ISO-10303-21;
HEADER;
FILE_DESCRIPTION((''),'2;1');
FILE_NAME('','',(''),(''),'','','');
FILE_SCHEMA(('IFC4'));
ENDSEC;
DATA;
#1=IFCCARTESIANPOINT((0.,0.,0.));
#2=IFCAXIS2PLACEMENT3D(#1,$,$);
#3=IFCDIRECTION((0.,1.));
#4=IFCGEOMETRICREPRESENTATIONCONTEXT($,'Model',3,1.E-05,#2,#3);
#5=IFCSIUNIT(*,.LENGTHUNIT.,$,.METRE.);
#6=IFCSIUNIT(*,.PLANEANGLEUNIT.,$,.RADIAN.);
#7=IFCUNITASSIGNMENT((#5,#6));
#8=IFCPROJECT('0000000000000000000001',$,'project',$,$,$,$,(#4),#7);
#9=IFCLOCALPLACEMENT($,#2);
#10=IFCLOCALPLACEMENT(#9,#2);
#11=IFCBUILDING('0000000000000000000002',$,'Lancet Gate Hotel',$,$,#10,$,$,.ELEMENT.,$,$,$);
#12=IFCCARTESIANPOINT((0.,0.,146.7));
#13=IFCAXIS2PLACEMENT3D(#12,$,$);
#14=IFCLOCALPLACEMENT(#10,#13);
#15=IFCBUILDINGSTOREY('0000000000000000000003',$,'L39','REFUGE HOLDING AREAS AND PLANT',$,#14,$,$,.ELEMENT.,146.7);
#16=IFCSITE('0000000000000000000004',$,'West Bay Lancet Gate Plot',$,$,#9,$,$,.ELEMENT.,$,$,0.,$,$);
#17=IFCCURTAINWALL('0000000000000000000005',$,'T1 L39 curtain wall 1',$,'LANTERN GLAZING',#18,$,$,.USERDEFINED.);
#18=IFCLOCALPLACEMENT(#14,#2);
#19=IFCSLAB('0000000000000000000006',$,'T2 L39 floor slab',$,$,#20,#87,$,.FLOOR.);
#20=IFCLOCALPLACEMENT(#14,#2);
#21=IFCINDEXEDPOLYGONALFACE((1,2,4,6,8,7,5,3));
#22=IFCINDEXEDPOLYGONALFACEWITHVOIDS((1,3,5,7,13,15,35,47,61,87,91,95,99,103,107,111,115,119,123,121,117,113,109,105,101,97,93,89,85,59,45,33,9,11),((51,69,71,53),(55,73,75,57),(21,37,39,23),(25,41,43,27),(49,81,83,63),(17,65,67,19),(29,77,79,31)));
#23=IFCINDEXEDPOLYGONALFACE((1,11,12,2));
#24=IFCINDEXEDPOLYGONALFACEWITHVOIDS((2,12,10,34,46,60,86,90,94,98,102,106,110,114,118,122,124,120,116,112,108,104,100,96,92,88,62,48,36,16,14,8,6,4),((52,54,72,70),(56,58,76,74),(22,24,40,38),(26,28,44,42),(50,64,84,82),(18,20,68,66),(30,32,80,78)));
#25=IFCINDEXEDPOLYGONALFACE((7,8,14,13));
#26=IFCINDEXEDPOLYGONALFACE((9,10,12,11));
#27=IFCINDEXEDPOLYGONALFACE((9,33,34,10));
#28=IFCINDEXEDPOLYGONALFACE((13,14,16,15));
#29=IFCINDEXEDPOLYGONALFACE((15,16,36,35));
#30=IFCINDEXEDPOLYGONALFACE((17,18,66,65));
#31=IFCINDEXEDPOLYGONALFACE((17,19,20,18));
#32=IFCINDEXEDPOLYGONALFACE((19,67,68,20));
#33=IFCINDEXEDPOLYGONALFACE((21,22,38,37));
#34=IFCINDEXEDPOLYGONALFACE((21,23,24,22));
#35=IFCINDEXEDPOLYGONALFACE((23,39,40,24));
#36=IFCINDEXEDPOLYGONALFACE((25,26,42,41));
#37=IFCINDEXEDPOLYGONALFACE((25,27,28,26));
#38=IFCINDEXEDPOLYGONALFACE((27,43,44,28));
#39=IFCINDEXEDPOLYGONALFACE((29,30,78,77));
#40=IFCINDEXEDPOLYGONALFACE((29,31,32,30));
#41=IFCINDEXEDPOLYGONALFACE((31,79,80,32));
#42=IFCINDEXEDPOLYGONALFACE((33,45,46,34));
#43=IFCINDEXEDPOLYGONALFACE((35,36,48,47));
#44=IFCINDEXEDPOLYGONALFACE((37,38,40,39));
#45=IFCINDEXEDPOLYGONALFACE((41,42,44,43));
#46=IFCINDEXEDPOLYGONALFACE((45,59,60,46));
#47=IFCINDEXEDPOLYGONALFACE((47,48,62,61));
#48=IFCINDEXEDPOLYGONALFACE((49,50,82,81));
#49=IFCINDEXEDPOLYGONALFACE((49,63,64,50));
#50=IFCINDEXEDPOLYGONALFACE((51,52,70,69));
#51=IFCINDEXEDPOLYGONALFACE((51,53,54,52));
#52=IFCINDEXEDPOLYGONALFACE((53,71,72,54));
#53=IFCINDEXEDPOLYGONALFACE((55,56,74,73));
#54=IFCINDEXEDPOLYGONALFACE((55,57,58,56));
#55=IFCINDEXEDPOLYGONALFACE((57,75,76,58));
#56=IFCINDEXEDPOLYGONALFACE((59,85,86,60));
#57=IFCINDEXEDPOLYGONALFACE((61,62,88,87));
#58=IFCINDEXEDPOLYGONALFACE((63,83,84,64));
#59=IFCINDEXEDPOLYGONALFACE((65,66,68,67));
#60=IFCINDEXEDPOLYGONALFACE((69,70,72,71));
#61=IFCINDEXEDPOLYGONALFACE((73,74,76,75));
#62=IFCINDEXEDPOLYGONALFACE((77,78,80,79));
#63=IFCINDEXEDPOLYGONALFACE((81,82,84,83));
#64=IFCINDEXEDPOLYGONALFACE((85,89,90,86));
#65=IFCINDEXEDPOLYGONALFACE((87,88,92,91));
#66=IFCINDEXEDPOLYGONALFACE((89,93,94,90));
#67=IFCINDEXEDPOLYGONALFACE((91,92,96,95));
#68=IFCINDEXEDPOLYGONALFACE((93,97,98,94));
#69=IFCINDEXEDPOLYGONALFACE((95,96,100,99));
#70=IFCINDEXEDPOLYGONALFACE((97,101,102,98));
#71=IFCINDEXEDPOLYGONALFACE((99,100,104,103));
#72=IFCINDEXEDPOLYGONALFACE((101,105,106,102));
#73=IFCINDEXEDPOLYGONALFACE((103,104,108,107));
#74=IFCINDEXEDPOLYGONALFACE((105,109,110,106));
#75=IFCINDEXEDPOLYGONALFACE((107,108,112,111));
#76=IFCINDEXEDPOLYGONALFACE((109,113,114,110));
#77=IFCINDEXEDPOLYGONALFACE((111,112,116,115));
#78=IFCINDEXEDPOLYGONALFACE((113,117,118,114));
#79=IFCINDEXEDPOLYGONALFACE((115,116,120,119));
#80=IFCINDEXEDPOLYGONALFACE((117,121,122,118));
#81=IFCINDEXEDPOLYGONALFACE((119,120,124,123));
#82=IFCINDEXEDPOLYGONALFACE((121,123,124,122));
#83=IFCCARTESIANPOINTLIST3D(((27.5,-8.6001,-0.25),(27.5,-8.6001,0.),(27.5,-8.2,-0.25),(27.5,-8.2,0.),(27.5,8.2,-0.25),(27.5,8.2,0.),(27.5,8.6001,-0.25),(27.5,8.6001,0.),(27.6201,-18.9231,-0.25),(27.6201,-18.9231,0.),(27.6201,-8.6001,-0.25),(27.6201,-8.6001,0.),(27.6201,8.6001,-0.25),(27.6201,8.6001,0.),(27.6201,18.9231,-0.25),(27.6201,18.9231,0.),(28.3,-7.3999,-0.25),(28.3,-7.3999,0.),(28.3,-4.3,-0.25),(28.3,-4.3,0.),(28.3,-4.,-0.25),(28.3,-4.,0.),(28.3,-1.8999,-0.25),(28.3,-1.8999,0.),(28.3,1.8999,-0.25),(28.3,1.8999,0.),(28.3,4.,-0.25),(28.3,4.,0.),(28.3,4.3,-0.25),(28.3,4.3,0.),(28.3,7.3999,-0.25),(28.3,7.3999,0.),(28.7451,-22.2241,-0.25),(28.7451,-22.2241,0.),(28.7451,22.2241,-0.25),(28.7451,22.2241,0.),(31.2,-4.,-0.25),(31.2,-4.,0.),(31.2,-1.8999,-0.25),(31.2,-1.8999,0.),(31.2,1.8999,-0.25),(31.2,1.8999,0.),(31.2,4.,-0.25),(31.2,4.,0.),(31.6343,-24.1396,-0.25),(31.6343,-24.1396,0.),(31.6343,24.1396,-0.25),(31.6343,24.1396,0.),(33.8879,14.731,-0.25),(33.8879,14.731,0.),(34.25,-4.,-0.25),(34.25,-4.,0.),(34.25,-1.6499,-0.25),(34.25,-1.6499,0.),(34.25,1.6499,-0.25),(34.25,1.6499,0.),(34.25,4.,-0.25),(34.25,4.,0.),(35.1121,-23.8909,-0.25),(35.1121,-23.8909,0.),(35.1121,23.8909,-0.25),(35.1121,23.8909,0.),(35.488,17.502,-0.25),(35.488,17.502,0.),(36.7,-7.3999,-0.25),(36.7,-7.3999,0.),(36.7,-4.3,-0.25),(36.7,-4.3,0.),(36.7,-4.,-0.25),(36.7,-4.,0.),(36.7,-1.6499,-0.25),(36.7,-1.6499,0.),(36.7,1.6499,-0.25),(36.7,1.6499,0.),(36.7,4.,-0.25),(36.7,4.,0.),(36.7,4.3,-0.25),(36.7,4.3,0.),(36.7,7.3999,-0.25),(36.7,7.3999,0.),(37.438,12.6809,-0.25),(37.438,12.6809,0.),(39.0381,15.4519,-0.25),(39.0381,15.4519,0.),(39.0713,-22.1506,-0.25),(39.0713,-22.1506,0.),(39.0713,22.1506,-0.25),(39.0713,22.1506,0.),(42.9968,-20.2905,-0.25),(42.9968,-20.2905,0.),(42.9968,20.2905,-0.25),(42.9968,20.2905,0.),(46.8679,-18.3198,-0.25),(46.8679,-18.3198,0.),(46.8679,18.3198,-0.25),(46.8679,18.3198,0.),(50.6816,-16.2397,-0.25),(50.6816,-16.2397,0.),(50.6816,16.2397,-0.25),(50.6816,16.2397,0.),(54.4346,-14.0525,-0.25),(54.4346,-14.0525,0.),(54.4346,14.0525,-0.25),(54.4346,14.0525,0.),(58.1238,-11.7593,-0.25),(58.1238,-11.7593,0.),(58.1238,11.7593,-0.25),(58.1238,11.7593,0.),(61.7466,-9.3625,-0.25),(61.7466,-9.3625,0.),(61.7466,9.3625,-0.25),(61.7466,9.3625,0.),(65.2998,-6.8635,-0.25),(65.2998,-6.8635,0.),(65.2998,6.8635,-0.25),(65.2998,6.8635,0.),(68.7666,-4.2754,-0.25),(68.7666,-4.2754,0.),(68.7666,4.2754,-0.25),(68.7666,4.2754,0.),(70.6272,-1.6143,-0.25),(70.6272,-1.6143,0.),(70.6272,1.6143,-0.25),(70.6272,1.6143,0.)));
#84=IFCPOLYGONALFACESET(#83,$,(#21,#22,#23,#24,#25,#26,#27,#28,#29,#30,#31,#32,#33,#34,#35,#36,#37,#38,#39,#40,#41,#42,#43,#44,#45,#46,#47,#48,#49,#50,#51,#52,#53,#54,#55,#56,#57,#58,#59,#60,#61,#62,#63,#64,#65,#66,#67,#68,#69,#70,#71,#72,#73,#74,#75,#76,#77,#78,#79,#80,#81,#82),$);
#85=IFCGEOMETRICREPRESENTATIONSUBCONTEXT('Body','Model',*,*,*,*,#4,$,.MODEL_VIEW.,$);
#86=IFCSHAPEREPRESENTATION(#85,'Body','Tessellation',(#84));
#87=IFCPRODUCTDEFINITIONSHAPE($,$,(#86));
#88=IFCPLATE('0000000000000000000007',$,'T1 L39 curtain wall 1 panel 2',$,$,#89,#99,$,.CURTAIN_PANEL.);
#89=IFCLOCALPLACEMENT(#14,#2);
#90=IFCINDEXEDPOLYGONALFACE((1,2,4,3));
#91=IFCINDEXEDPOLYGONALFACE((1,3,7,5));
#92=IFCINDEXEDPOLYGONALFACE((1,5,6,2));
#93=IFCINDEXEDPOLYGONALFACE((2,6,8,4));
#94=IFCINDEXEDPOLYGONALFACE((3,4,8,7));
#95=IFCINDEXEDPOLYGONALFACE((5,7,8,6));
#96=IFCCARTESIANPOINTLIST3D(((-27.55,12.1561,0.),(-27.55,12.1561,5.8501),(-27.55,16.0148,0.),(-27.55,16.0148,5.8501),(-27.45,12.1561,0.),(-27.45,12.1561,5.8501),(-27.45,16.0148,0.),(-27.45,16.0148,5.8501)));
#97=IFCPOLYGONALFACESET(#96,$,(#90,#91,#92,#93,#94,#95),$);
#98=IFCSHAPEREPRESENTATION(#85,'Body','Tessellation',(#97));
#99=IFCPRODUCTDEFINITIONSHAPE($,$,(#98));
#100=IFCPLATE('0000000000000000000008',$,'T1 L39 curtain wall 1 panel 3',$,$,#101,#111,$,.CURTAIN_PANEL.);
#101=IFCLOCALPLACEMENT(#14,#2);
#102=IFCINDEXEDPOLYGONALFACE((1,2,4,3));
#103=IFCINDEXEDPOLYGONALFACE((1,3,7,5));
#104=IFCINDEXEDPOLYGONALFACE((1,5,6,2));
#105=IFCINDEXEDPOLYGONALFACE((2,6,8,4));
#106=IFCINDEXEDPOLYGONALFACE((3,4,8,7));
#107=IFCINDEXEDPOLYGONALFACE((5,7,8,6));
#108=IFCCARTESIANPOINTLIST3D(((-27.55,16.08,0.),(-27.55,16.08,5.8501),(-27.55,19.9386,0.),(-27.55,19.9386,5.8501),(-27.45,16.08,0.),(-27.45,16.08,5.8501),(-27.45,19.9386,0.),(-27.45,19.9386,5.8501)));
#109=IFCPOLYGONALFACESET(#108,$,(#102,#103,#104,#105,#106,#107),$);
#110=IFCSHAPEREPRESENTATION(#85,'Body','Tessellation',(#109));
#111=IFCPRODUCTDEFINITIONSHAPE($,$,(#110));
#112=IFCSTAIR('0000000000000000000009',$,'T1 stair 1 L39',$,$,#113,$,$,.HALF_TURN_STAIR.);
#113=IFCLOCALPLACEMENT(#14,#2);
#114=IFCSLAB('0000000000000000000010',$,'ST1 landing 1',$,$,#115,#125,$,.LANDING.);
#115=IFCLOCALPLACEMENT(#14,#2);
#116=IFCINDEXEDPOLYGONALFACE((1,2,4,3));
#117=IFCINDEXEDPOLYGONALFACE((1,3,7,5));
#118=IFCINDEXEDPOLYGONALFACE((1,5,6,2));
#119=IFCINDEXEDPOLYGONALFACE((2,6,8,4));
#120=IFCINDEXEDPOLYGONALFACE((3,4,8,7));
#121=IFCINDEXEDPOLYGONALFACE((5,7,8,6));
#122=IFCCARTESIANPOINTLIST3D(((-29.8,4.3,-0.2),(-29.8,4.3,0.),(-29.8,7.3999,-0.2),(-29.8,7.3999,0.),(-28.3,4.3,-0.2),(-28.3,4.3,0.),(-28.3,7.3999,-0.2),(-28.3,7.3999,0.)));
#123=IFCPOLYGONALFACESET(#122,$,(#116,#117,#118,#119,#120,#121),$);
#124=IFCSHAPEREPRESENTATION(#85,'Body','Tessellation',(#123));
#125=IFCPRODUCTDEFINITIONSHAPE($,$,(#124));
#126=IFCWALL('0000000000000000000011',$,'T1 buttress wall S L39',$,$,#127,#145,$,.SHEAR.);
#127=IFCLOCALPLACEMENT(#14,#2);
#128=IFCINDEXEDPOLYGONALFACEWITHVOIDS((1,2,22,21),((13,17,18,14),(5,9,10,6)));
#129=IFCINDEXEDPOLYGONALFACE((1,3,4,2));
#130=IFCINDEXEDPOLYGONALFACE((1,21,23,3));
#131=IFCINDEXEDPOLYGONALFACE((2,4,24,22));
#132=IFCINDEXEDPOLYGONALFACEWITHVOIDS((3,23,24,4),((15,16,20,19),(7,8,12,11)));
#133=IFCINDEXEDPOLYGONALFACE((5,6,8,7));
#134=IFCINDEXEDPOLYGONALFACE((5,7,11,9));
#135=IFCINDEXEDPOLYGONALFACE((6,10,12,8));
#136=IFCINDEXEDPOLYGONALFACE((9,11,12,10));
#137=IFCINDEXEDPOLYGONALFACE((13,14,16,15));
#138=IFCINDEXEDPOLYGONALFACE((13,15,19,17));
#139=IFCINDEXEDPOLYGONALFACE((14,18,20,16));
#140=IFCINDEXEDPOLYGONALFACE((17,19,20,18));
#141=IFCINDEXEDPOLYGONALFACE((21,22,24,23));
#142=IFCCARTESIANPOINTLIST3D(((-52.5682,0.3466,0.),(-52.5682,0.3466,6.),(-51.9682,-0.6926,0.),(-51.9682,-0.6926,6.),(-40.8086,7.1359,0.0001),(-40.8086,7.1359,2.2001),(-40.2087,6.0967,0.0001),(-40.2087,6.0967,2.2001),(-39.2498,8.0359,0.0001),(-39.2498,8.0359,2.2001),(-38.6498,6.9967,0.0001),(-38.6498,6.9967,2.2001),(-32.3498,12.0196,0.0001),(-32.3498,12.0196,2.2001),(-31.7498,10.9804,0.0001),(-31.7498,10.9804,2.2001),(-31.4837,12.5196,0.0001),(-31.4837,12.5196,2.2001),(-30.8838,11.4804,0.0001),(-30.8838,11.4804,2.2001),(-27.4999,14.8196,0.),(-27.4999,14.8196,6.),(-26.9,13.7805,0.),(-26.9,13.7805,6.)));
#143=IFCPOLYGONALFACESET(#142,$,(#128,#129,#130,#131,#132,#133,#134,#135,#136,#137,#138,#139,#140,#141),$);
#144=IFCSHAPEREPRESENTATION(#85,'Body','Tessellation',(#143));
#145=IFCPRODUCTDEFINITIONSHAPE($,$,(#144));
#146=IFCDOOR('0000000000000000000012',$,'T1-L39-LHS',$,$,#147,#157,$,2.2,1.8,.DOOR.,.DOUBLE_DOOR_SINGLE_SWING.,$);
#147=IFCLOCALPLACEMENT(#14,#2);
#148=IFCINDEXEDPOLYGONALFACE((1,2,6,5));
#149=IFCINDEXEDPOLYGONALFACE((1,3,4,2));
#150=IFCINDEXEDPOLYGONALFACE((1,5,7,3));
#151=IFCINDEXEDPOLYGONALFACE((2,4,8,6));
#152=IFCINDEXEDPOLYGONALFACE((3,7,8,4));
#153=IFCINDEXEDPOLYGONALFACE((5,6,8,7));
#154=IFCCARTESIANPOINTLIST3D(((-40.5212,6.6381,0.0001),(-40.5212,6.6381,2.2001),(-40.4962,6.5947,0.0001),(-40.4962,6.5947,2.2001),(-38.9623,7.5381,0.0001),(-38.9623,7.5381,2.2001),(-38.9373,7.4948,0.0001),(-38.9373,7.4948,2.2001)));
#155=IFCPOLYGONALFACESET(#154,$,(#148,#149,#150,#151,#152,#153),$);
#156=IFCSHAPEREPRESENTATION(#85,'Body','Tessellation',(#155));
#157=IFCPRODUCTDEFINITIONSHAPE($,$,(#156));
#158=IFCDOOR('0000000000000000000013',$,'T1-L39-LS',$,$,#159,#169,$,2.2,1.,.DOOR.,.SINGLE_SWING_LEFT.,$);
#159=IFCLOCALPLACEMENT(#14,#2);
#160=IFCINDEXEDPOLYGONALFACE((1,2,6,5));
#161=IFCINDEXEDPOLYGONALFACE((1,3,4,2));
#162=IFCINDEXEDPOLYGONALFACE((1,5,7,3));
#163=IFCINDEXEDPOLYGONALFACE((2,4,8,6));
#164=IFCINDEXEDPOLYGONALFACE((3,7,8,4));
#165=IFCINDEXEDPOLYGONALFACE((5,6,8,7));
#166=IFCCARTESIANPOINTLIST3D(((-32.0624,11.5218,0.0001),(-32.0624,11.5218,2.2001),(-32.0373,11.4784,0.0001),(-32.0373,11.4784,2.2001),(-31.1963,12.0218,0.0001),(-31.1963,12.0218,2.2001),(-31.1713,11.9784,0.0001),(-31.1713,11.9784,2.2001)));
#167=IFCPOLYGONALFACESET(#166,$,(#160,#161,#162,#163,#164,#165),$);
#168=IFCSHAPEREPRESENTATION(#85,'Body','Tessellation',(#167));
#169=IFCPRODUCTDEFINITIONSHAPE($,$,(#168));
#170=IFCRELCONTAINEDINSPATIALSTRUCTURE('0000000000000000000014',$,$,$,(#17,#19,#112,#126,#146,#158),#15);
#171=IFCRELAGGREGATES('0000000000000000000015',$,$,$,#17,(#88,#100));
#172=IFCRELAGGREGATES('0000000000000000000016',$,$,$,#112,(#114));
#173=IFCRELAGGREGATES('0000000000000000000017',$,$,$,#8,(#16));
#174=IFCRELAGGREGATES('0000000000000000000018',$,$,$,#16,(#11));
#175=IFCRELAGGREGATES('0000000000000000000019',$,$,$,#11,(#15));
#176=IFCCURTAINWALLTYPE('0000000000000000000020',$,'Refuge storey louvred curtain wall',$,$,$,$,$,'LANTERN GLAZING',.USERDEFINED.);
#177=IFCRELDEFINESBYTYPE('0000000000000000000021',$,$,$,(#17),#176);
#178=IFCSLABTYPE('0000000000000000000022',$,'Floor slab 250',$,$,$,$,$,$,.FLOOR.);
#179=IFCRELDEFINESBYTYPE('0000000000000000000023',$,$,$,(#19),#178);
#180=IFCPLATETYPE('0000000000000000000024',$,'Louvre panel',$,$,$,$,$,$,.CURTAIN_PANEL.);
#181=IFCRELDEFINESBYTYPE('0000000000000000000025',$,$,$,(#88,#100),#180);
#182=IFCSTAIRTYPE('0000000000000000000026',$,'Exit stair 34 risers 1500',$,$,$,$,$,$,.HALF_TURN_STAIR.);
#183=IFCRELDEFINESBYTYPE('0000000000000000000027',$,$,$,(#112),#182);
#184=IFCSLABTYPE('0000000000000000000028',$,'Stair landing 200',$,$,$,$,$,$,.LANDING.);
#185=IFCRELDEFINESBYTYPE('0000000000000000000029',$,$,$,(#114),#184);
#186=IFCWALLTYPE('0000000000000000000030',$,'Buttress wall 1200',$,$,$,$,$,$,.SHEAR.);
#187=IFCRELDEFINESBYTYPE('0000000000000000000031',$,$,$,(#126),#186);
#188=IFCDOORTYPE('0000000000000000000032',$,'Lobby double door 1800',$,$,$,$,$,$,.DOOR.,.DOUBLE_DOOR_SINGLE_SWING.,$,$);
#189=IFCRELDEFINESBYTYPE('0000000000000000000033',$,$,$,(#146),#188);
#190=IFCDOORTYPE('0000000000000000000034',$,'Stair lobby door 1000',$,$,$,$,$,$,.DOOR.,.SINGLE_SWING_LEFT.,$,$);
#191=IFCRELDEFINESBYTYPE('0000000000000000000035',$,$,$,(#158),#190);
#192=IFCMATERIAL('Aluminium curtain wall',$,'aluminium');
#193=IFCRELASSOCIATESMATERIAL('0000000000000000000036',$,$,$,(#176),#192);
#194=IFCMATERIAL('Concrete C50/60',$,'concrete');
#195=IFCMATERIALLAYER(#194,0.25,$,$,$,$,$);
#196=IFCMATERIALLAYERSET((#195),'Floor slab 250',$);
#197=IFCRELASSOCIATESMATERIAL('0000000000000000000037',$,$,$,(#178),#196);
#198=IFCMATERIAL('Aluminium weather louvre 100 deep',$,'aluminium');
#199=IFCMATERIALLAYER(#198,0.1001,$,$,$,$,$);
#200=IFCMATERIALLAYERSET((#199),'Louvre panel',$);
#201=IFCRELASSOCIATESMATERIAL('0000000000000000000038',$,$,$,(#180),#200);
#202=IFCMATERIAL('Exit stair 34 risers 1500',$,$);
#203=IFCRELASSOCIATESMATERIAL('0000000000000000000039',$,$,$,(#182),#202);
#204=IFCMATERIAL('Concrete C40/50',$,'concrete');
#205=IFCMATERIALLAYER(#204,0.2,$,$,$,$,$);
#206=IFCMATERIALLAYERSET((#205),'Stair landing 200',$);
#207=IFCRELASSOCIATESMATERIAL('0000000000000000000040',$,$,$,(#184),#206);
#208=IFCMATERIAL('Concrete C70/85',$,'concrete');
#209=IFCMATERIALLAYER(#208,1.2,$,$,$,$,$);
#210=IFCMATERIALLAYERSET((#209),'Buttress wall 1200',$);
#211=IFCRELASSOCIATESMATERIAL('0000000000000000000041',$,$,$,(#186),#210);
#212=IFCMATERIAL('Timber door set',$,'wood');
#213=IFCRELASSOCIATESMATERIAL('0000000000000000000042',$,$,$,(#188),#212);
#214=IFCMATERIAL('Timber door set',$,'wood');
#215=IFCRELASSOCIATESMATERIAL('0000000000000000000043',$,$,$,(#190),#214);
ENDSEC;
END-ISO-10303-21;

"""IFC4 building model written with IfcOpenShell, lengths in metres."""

from ifc_helpers import new_model, si_unit, direction, frame, frame_2d, origin, origin_2d, place, context, subcontext, project, spatial, polyline, rectangle, outline, extrude, material, layer, layer_set, type_object, element, fill, aggregate, save


model = new_model("IFC4")

# Units and contexts
model_context = context("Model", 3, precision=1e-05, world=origin(), true_north=direction((0.0, 1.0)))
body_context = subcontext(model_context, "Body", "Model", "MODEL_VIEW")
ifc_project = project(units=[si_unit("LENGTHUNIT", "METRE"), si_unit("PLANEANGLEUNIT", "RADIAN")], contexts=[model_context])

# Site, building, storey
site_placement = place(None, origin())
site = spatial("IfcSite", under=ifc_project, at=site_placement, Name="West Bay Lancet Gate Plot", CompositionType="ELEMENT", RefElevation=0.0)
building_placement = place(site_placement, origin())
building = spatial("IfcBuilding", under=site, at=building_placement, Name="Lancet Gate Hotel", CompositionType="ELEMENT")
storey_placement = place(building_placement, frame((0.0, 0.0, 146.7)))
storey = spatial("IfcBuildingStorey", under=building, at=storey_placement, Name="L39", Description="REFUGE HOLDING AREAS AND PLANT", CompositionType="ELEMENT", Elevation=146.7)

# Curtain wall
ifc_material_1 = material(Name="Aluminium curtain wall", Category="aluminium")
curtain_wall_type = type_object("IfcCurtainWallType", Name="Refuge storey louvred curtain wall", ElementType="LANTERN GLAZING", PredefinedType="USERDEFINED", material=ifc_material_1)
curtain_wall_placement = place(storey_placement, origin())
curtain_wall = element("IfcCurtainWall", 1, at=curtain_wall_placement, inside=storey, type_object=curtain_wall_type, Name="T1 L39 curtain wall 1", ObjectType="LANTERN GLAZING", PredefinedType="USERDEFINED")

# Slab
ifc_material_2 = material(Name="Concrete C50/60", Category="concrete")
ifc_layer_1 = layer(ifc_material_2, 0.25)
ifc_layer_set_1 = layer_set([ifc_layer_1], Name="Floor slab 250")
slab_type_1 = type_object("IfcSlabType", Name="Floor slab 250", PredefinedType="FLOOR", material=ifc_layer_set_1)
slab_1_placement = place(storey_placement, frame((0.0, 0.0, -0.25)))
element("IfcSlab", 2, at=slab_1_placement, inside=storey, type_object=slab_type_1, Name="T2 L39 floor slab", PredefinedType="FLOOR", context=body_context, shape_type="SweptSolid", body=[
    extrude(outline(polyline([(27.5, -8.6001), (27.6201, -8.6001), (27.6201, -18.9231), (28.7451, -22.2241), (31.6343, -24.1396), (35.1121, -23.8909), (39.0713, -22.1506), (42.9968, -20.2905), (46.8679, -18.3198), (50.6816, -16.2397), (54.4346, -14.0525), (58.1238, -11.7593), (61.7466, -9.3625), (65.2998, -6.8635), (68.7666, -4.2754), (70.6272, -1.6143), (70.6272, 1.6143), (68.7666, 4.2754), (65.2998, 6.8635), (61.7466, 9.3625), (58.1238, 11.7593), (54.4346, 14.0525), (50.6816, 16.2397), (46.8679, 18.3198), (42.9968, 20.2905), (39.0713, 22.1506), (35.1121, 23.8909), (31.6343, 24.1396), (28.7451, 22.2241), (27.6201, 18.9231), (27.6201, 8.6001), (27.5, 8.6001), (27.5, 8.2), (27.5, -8.2), (27.5, -8.6001)]), holes=[polyline([(36.7, -7.3999), (36.7, -4.3), (28.3, -4.3), (28.3, -7.3999), (36.7, -7.3999)]), polyline([(28.3, -4.0), (31.2, -4.0), (31.2, -1.8999), (28.3, -1.8999), (28.3, -4.0)]), polyline([(34.25, -4.0), (36.7, -4.0), (36.7, -1.6499), (34.25, -1.6499), (34.25, -4.0)]), polyline([(36.7, 1.6499), (36.7, 4.0), (34.25, 4.0), (34.25, 1.6499), (36.7, 1.6499)]), polyline([(28.3, 1.8999), (31.2, 1.8999), (31.2, 4.0), (28.3, 4.0), (28.3, 1.8999)]), polyline([(28.3, 4.3), (36.7, 4.3), (36.7, 7.3999), (28.3, 7.3999), (28.3, 4.3)]), polyline([(37.438, 12.6809), (39.0381, 15.4519), (35.488, 17.502), (33.8879, 14.731), (37.438, 12.6809)])]), origin(), (0.0, 0.0, 1.0), 0.25),
])

# Plates
ifc_material_3 = material(Name="Aluminium weather louvre 100 deep", Category="aluminium")
ifc_layer_2 = layer(ifc_material_3, 0.1001)
ifc_layer_set_2 = layer_set([ifc_layer_2], Name="Louvre panel")
plate_type = type_object("IfcPlateType", Name="Louvre panel", PredefinedType="CURTAIN_PANEL", material=ifc_layer_set_2)
plate_1_placement = place(storey_placement, frame((-27.5, 14.0854, 0.0), z_axis=(0.0, 0.0, 1.0), x_axis=(0.0, 1.0, 0.0)))
plate_1 = element("IfcPlate", 3, at=plate_1_placement, type_object=plate_type, Name="T1 L39 curtain wall 1 panel 2", PredefinedType="CURTAIN_PANEL", context=body_context, shape_type="SweptSolid", body=[
    extrude(rectangle(XDim=3.8586, YDim=0.1001, at=origin_2d()), origin(), (0.0, 0.0, 1.0), 5.8501),
])
plate_2_placement = place(storey_placement, frame((-27.5, 18.0093, 0.0), z_axis=(0.0, 0.0, 1.0), x_axis=(0.0, 1.0, 0.0)))
plate_2 = element("IfcPlate", 4, at=plate_2_placement, type_object=plate_type, Name="T1 L39 curtain wall 1 panel 3", PredefinedType="CURTAIN_PANEL", context=body_context, shape_type="SweptSolid", body=[
    extrude(rectangle(XDim=3.8586, YDim=0.1001, at=origin_2d()), origin(), (0.0, 0.0, 1.0), 5.8501),
])
aggregate(curtain_wall, [plate_1, plate_2])

# Stair, slab
ifc_material_4 = material(Name="Exit stair 34 risers 1500")
stair_type = type_object("IfcStairType", Name="Exit stair 34 risers 1500", PredefinedType="HALF_TURN_STAIR", material=ifc_material_4)
stair_placement = place(storey_placement, origin())
stair = element("IfcStair", 5, at=stair_placement, inside=storey, type_object=stair_type, Name="T1 stair 1 L39", PredefinedType="HALF_TURN_STAIR")
ifc_material_5 = material(Name="Concrete C40/50", Category="concrete")
ifc_layer_3 = layer(ifc_material_5, 0.2)
ifc_layer_set_3 = layer_set([ifc_layer_3], Name="Stair landing 200")
slab_type_2 = type_object("IfcSlabType", Name="Stair landing 200", PredefinedType="LANDING", material=ifc_layer_set_3)
slab_2_placement = place(storey_placement, frame((0.0, 0.0, -0.2)))
slab_2 = element("IfcSlab", 6, at=slab_2_placement, type_object=slab_type_2, Name="ST1 landing 1", PredefinedType="LANDING", context=body_context, shape_type="SweptSolid", body=[
    extrude(outline(polyline([(-28.3, 7.3999), (-29.8, 7.3999), (-29.8, 4.3), (-28.3, 4.3), (-28.3, 7.3999)])), origin(), (0.0, 0.0, 1.0), 0.2),
])
aggregate(stair, [slab_2])

# Wall, openings, doors
ifc_material_6 = material(Name="Concrete C70/85", Category="concrete")
ifc_layer_4 = layer(ifc_material_6, 1.2)
ifc_layer_set_4 = layer_set([ifc_layer_4], Name="Buttress wall 1200")
wall_type = type_object("IfcWallType", Name="Buttress wall 1200", PredefinedType="SHEAR", material=ifc_layer_set_4)
wall_placement = place(storey_placement, frame((-27.2, 14.3, 0.0), z_axis=(0.0, 0.0, 1.0), x_axis=(-0.866027, -0.499998, 0.0)))
wall = element("IfcWall", 7, at=wall_placement, inside=storey, type_object=wall_type, Name="T1 buttress wall S L39", PredefinedType="SHEAR", context=body_context, shape_type="SweptSolid", body=[
    extrude(rectangle(XDim=28.9463, YDim=1.2, at=frame_2d((14.4731, 0.0))), origin(), (0.0, 0.0, 1.0), 6.0),
])
opening_1_placement = place(wall_placement, frame((4.6001, 0.0, 0.0)))
opening_1 = element("IfcOpeningElement", 8, at=opening_1_placement, cuts=wall, PredefinedType="OPENING", context=body_context, shape_type="SweptSolid", body=[
    extrude(rectangle(XDim=1.0, YDim=2.2, at=frame_2d((0.5, 1.1001))), frame((0.0, 0.6099, 0.0), z_axis=(0.0, -1.0, 0.0), x_axis=(1.0, 0.0, 0.0)), (0.0, 0.0, 1.0), 1.22),
])
opening_2_placement = place(wall_placement, frame((13.5676, 0.0, 0.0)))
opening_2 = element("IfcOpeningElement", 9, at=opening_2_placement, cuts=wall, PredefinedType="OPENING", context=body_context, shape_type="SweptSolid", body=[
    extrude(rectangle(XDim=1.8, YDim=2.2, at=frame_2d((0.8999, 1.1001))), frame((0.0, 0.6099, 0.0), z_axis=(0.0, -1.0, 0.0), x_axis=(1.0, 0.0, 0.0)), (0.0, 0.0, 1.0), 1.22),
])
ifc_material_7 = material(Name="Timber door set", Category="wood")
door_type_1 = type_object("IfcDoorType", Name="Lobby double door 1800", OperationType="DOUBLE_DOOR_SINGLE_SWING", PredefinedType="DOOR", material=ifc_material_7)
door_1_placement = place(opening_2_placement, origin())
door_1 = element("IfcDoor", 10, at=door_1_placement, inside=storey, type_object=door_type_1, Name="T1-L39-LHS", OperationType="DOUBLE_DOOR_SINGLE_SWING", OverallHeight=2.2, OverallWidth=1.8, PredefinedType="DOOR", context=body_context, shape_type="SweptSolid", body=[
    extrude(rectangle(XDim=1.8, YDim=2.2, at=frame_2d((0.8999, 1.1001))), frame((0.0, 0.0249, 0.0), z_axis=(0.0, -1.0, 0.0), x_axis=(1.0, 0.0, 0.0)), (0.0, 0.0, 1.0), 0.05),
])
fill(opening_2, door_1)
ifc_material_8 = material(Name="Timber door set", Category="wood")
door_type_2 = type_object("IfcDoorType", Name="Stair lobby door 1000", OperationType="SINGLE_SWING_LEFT", PredefinedType="DOOR", material=ifc_material_8)
door_2_placement = place(opening_1_placement, origin())
door_2 = element("IfcDoor", 11, at=door_2_placement, inside=storey, type_object=door_type_2, Name="T1-L39-LS", OperationType="SINGLE_SWING_LEFT", OverallHeight=2.2, OverallWidth=1.0, PredefinedType="DOOR", context=body_context, shape_type="SweptSolid", body=[
    extrude(rectangle(XDim=1.0, YDim=2.2, at=frame_2d((0.5, 1.1001))), frame((0.0, 0.0249, 0.0), z_axis=(0.0, -1.0, 0.0), x_axis=(1.0, 0.0, 0.0)), (0.0, 0.0, 1.0), 0.05),
])
fill(opening_1, door_2)

save(model, "model.ifc")
